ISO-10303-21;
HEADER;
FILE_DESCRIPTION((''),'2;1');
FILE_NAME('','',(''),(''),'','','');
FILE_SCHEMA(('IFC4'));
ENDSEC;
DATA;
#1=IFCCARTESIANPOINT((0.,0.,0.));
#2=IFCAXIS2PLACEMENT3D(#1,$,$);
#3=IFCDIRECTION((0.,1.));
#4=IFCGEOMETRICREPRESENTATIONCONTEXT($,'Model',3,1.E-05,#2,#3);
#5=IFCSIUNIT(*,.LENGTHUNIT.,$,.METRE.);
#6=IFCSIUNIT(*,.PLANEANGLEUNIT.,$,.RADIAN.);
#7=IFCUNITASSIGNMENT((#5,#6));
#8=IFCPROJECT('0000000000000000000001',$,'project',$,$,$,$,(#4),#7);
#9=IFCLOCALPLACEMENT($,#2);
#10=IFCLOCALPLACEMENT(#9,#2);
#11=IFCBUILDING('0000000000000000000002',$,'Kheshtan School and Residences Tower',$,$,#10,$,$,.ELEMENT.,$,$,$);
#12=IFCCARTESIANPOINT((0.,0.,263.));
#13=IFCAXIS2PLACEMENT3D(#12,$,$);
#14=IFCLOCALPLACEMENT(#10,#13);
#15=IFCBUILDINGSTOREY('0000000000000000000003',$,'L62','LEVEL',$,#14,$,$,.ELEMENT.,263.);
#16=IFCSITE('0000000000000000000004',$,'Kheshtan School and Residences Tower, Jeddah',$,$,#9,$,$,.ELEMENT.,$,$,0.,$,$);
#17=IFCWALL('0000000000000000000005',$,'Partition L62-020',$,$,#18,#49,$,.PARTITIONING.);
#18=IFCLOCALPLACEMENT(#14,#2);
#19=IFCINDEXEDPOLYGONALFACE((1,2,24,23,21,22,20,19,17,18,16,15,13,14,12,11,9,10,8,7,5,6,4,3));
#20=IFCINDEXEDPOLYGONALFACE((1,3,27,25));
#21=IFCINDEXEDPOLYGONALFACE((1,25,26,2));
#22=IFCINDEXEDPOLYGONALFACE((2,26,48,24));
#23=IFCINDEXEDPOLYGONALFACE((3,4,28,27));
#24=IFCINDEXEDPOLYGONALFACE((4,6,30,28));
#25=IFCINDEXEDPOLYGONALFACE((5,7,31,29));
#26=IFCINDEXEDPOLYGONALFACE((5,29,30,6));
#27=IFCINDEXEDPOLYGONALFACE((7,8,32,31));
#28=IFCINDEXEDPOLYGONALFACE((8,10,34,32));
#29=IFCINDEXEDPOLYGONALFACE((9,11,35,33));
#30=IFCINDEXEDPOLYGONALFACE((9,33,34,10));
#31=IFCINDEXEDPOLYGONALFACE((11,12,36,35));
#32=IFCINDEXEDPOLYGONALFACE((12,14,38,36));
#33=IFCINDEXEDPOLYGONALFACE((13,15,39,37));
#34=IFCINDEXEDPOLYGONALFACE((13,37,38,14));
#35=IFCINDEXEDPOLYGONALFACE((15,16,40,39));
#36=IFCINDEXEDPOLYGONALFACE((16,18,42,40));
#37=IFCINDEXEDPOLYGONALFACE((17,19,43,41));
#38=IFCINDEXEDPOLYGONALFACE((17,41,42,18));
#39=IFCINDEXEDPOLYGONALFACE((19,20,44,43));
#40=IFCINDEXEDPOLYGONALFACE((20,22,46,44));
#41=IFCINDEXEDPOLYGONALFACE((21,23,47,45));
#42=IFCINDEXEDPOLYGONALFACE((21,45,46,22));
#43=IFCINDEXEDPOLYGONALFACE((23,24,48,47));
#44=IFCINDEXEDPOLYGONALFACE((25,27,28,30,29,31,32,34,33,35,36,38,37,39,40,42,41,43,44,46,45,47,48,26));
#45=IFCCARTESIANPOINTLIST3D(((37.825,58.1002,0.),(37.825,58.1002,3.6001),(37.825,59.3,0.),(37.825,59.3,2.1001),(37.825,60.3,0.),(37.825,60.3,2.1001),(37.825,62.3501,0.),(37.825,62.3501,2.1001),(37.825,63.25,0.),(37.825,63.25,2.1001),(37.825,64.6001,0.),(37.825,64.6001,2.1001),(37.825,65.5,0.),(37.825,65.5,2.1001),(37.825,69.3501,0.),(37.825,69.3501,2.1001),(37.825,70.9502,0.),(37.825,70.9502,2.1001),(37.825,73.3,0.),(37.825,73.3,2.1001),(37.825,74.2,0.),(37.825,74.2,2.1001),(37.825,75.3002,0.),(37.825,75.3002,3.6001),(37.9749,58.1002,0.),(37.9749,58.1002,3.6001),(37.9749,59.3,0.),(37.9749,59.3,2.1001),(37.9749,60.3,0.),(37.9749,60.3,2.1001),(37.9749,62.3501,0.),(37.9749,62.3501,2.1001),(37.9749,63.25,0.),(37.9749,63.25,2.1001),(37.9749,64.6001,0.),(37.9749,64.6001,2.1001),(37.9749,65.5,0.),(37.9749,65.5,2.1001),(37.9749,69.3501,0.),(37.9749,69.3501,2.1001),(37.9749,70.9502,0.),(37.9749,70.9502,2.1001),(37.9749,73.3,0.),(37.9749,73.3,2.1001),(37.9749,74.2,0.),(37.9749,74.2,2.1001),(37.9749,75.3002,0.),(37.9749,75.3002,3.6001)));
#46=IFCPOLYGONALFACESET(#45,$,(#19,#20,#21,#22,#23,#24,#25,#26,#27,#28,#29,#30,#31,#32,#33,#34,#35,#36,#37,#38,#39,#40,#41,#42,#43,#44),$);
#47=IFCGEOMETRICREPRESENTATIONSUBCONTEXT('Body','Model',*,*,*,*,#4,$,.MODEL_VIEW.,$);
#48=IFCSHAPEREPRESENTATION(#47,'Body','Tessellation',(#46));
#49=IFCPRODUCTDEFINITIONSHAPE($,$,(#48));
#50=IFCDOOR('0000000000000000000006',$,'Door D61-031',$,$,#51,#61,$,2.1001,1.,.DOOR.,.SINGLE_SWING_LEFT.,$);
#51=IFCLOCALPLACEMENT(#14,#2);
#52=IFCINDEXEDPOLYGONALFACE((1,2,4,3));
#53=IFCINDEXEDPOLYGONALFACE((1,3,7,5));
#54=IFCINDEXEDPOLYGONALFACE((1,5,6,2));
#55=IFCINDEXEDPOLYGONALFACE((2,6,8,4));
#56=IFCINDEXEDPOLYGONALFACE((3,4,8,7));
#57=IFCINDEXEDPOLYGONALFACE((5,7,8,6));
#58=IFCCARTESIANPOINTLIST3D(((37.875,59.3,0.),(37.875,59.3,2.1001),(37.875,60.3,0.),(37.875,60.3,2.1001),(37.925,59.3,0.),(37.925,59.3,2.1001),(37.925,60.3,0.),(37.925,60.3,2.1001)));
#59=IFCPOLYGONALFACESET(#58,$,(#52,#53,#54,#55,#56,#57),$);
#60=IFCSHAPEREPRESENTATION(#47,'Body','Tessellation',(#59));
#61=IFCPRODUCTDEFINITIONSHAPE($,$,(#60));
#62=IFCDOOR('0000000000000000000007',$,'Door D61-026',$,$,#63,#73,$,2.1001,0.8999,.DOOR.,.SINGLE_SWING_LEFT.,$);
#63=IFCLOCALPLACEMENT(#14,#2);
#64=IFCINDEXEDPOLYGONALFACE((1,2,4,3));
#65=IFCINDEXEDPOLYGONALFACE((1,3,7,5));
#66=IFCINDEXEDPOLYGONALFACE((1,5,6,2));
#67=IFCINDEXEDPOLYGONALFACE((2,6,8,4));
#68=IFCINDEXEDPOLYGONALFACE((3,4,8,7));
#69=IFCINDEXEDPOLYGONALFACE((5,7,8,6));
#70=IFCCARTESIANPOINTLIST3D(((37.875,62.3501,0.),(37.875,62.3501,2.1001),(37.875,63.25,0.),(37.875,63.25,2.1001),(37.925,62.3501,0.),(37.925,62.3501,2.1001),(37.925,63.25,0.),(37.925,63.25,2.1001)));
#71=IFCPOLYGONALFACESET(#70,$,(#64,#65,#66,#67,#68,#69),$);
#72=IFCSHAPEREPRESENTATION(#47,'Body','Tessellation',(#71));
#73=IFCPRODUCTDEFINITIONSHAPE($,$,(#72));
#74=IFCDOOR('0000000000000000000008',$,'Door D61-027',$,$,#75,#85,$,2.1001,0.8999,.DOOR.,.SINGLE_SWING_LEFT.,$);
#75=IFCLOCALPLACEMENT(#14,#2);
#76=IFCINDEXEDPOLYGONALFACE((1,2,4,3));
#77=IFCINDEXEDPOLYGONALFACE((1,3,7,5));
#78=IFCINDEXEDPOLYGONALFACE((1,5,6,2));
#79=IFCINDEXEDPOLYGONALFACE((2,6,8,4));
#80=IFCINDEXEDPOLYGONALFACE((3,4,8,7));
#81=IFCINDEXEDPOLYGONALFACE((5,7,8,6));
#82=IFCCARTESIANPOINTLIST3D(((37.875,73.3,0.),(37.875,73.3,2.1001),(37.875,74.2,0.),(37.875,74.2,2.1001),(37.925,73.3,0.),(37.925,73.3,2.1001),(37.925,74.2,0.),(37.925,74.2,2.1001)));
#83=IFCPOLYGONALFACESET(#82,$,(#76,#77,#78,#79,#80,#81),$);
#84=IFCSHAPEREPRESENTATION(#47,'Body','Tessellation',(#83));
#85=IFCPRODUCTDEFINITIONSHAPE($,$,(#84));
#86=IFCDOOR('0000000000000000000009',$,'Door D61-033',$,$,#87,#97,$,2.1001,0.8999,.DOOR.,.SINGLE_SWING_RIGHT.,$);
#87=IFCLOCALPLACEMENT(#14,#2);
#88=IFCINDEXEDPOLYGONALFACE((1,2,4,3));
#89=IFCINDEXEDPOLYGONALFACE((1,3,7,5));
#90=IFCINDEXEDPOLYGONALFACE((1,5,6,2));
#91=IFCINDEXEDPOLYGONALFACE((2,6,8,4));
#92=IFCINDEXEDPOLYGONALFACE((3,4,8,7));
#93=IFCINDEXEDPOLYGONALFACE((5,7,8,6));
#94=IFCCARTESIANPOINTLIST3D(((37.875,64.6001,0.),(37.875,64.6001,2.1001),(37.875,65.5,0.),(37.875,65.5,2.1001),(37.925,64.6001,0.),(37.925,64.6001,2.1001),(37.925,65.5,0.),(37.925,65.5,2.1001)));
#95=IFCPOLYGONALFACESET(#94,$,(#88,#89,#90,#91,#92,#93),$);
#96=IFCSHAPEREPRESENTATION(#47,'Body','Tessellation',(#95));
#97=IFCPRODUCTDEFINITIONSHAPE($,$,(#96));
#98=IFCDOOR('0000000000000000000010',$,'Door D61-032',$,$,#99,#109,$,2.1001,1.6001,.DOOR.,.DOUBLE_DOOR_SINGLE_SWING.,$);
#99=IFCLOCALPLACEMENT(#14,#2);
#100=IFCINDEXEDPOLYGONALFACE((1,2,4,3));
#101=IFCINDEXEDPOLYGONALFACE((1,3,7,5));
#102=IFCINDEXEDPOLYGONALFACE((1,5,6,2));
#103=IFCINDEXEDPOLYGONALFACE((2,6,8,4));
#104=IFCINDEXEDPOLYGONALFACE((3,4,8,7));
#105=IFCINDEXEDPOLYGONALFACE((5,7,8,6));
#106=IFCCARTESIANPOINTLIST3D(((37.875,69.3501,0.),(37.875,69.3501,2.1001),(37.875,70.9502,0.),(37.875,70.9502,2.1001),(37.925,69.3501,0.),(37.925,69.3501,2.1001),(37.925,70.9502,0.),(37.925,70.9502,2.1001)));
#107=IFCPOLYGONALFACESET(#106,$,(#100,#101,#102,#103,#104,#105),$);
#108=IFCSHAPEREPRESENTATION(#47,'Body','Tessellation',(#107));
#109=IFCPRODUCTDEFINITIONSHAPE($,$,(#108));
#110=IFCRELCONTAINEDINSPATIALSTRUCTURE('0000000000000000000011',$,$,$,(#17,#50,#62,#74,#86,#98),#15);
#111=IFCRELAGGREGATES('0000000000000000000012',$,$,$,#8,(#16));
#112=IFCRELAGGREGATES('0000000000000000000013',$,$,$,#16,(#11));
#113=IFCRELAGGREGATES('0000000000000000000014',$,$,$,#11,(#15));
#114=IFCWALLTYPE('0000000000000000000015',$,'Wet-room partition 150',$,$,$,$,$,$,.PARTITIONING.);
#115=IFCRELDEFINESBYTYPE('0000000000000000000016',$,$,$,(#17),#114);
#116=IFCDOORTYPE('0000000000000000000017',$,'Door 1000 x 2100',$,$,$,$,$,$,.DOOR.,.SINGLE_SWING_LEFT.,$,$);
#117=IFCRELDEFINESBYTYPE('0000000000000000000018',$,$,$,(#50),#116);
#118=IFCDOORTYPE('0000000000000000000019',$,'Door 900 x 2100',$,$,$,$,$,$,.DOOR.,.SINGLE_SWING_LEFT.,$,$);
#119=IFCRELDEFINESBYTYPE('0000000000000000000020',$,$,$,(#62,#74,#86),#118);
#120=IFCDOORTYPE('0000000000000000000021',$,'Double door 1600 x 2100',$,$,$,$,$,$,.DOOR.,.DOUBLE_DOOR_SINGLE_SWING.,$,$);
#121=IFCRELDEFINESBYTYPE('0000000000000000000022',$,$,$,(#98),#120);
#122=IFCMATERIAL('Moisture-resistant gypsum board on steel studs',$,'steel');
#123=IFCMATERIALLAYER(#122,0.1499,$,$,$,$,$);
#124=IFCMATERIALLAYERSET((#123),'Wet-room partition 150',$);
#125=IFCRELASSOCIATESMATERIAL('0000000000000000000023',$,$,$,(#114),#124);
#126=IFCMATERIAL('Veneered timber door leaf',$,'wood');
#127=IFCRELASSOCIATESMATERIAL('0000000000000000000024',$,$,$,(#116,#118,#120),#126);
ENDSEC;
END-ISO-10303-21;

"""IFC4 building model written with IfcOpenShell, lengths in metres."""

from ifc_helpers import new_model, si_unit, direction, frame, frame_2d, origin, place, context, subcontext, project, spatial, rectangle, extrude, source, transform, mapped, material, layer, layer_set, type_object, element, fill, save


model = new_model("IFC4")

# Units and contexts
model_context = context("Model", 3, precision=1e-05, world=origin(), true_north=direction((0.0, 1.0)))
body_context = subcontext(model_context, "Body", "Model", "MODEL_VIEW")
ifc_project = project(units=[si_unit("LENGTHUNIT", "METRE"), si_unit("PLANEANGLEUNIT", "RADIAN")], contexts=[model_context])

# Site, building, storey
site_placement = place(None, origin())
site = spatial("IfcSite", under=ifc_project, at=site_placement, Name="Kheshtan School and Residences Tower, Jeddah", CompositionType="ELEMENT", RefElevation=0.0)
building_placement = place(site_placement, origin())
building = spatial("IfcBuilding", under=site, at=building_placement, Name="Kheshtan School and Residences Tower", CompositionType="ELEMENT")
storey_placement = place(building_placement, frame((0.0, 0.0, 263.0)))
storey = spatial("IfcBuildingStorey", under=building, at=storey_placement, Name="L62", Description="LEVEL", CompositionType="ELEMENT", Elevation=263.0)

# Shared definitions
ifc_material_1 = material(Name="Moisture-resistant gypsum board on steel studs", Category="steel")
ifc_layer_1 = layer(ifc_material_1, 0.1499)
ifc_layer_set_1 = layer_set([ifc_layer_1], Name="Wet-room partition 150")
wall_type_1 = type_object("IfcWallType", Name="Wet-room partition 150", PredefinedType="PARTITIONING", material=ifc_layer_set_1)

# Shared definitions
ifc_material_2 = material(Name="Veneered timber door leaf", Category="wood")

# Wall, openings, doors
wall_1_placement = place(storey_placement, frame((37.8999, 58.1001, 0.0), z_axis=(0.0, 0.0, 1.0), x_axis=(0.0, 1.0, 0.0)))
wall_1 = element("IfcWall", 1, at=wall_1_placement, inside=storey, type_object=wall_type_1, Name="Partition L62-020", PredefinedType="PARTITIONING", context=body_context, shape_type="SweptSolid", body=[
    extrude(rectangle(XDim=17.2, YDim=0.1499, at=frame_2d((8.6001, 0.0))), origin(), (0.0, 0.0, 1.0), 3.6001),
])
opening_1_placement = place(wall_1_placement, frame((4.25, 0.0, 0.0)))
opening_1 = element("IfcOpeningElement", 2, at=opening_1_placement, cuts=wall_1, PredefinedType="OPENING", context=body_context, shape_type="SweptSolid", body=[
    extrude(rectangle(XDim=0.8999, YDim=2.1001, at=frame_2d((0.45, 1.05))), frame((0.0, 0.085, 0.0), z_axis=(0.0, -1.0, 0.0), x_axis=(1.0, 0.0, 0.0)), (0.0, 0.0, 1.0), 0.1699),
])
opening_2_placement = place(wall_1_placement, frame((15.2, 0.0, 0.0)))
opening_2 = element("IfcOpeningElement", 3, at=opening_2_placement, cuts=wall_1, PredefinedType="OPENING", context=body_context, shape_type="SweptSolid", body=[
    extrude(rectangle(XDim=0.8999, YDim=2.1001, at=frame_2d((0.45, 1.05))), frame((0.0, 0.085, 0.0), z_axis=(0.0, -1.0, 0.0), x_axis=(1.0, 0.0, 0.0)), (0.0, 0.0, 1.0), 0.1699),
])
opening_3_placement = place(wall_1_placement, frame((1.2, 0.0, 0.0)))
opening_3 = element("IfcOpeningElement", 4, at=opening_3_placement, cuts=wall_1, PredefinedType="OPENING", context=body_context, shape_type="SweptSolid", body=[
    extrude(rectangle(XDim=1.0, YDim=2.1001, at=frame_2d((0.5, 1.05))), frame((0.0, 0.085, 0.0), z_axis=(0.0, -1.0, 0.0), x_axis=(1.0, 0.0, 0.0)), (0.0, 0.0, 1.0), 0.1699),
])
opening_4_placement = place(wall_1_placement, frame((11.25, 0.0, 0.0)))
opening_4 = element("IfcOpeningElement", 5, at=opening_4_placement, cuts=wall_1, PredefinedType="OPENING", context=body_context, shape_type="SweptSolid", body=[
    extrude(rectangle(XDim=1.6001, YDim=2.1001, at=frame_2d((0.8, 1.05))), frame((0.0, 0.085, 0.0), z_axis=(0.0, -1.0, 0.0), x_axis=(1.0, 0.0, 0.0)), (0.0, 0.0, 1.0), 0.1699),
])
opening_5_placement = place(wall_1_placement, frame((6.5, 0.0, 0.0)))
opening_5 = element("IfcOpeningElement", 6, at=opening_5_placement, cuts=wall_1, PredefinedType="OPENING", context=body_context, shape_type="SweptSolid", body=[
    extrude(rectangle(XDim=0.8999, YDim=2.1001, at=frame_2d((0.45, 1.05))), frame((0.0, 0.085, 0.0), z_axis=(0.0, -1.0, 0.0), x_axis=(1.0, 0.0, 0.0)), (0.0, 0.0, 1.0), 0.1699),
])
door_type_1 = type_object("IfcDoorType", Name="Door 1000 x 2100", OperationType="SINGLE_SWING_LEFT", PredefinedType="DOOR", material=ifc_material_2)
shared_shape_1 = source(origin(), body_context, "Body", "SweptSolid", [
    extrude(rectangle(XDim=1.0, YDim=2.1001, at=frame_2d((0.5, 1.05))), frame((0.0, 0.0249, 0.0), z_axis=(0.0, -1.0, 0.0), x_axis=(1.0, 0.0, 0.0)), (0.0, 0.0, 1.0), 0.05),
])
door_1_placement = place(opening_3_placement, origin())
door_1 = element("IfcDoor", 7, at=door_1_placement, inside=storey, type_object=door_type_1, Name="Door D61-031", OperationType="SINGLE_SWING_LEFT", OverallHeight=2.1001, OverallWidth=1.0, PredefinedType="DOOR", context=body_context, shape_type="MappedRepresentation", body=[
    mapped(shared_shape_1, transform((0.0, 0.0, 0.0), x_axis=(1.0, 0.0, 0.0), y_axis=(0.0, 1.0, 0.0), z_axis=(0.0, 0.0, 1.0), scale=1.0)),
])
fill(opening_3, door_1)
door_type_2 = type_object("IfcDoorType", Name="Door 900 x 2100", OperationType="SINGLE_SWING_LEFT", PredefinedType="DOOR", material=ifc_material_2)
shared_shape_2 = source(origin(), body_context, "Body", "SweptSolid", [
    extrude(rectangle(XDim=0.8999, YDim=2.1001, at=frame_2d((0.45, 1.05))), frame((0.0, 0.0249, 0.0), z_axis=(0.0, -1.0, 0.0), x_axis=(1.0, 0.0, 0.0)), (0.0, 0.0, 1.0), 0.05),
])
door_2_placement = place(opening_1_placement, origin())
door_2 = element("IfcDoor", 8, at=door_2_placement, inside=storey, type_object=door_type_2, Name="Door D61-026", OperationType="SINGLE_SWING_LEFT", OverallHeight=2.1001, OverallWidth=0.8999, PredefinedType="DOOR", context=body_context, shape_type="MappedRepresentation", body=[
    mapped(shared_shape_2, transform((0.0, 0.0, 0.0), x_axis=(1.0, 0.0, 0.0), y_axis=(0.0, 1.0, 0.0), z_axis=(0.0, 0.0, 1.0), scale=1.0)),
])
fill(opening_1, door_2)
door_3_placement = place(opening_2_placement, origin())
door_3 = element("IfcDoor", 9, at=door_3_placement, inside=storey, type_object=door_type_2, Name="Door D61-027", OperationType="SINGLE_SWING_LEFT", OverallHeight=2.1001, OverallWidth=0.8999, PredefinedType="DOOR", context=body_context, shape_type="MappedRepresentation", body=[
    mapped(shared_shape_2, transform((0.0, 0.0, 0.0), x_axis=(1.0, 0.0, 0.0), y_axis=(0.0, 1.0, 0.0), z_axis=(0.0, 0.0, 1.0), scale=1.0)),
])
fill(opening_2, door_3)
door_4_placement = place(opening_5_placement, origin())
door_4 = element("IfcDoor", 10, at=door_4_placement, inside=storey, type_object=door_type_2, Name="Door D61-033", OperationType="SINGLE_SWING_RIGHT", OverallHeight=2.1001, OverallWidth=0.8999, PredefinedType="DOOR", context=body_context, shape_type="MappedRepresentation", body=[
    mapped(shared_shape_2, transform((0.0, 0.0, 0.0), x_axis=(1.0, 0.0, 0.0), y_axis=(0.0, 1.0, 0.0), z_axis=(0.0, 0.0, 1.0), scale=1.0)),
])
fill(opening_5, door_4)
door_type_3 = type_object("IfcDoorType", Name="Double door 1600 x 2100", OperationType="DOUBLE_DOOR_SINGLE_SWING", PredefinedType="DOOR", material=ifc_material_2)
shared_shape_3 = source(origin(), body_context, "Body", "SweptSolid", [
    extrude(rectangle(XDim=1.6001, YDim=2.1001, at=frame_2d((0.8, 1.05))), frame((0.0, 0.0249, 0.0), z_axis=(0.0, -1.0, 0.0), x_axis=(1.0, 0.0, 0.0)), (0.0, 0.0, 1.0), 0.05),
])
door_5_placement = place(opening_4_placement, origin())
door_5 = element("IfcDoor", 11, at=door_5_placement, inside=storey, type_object=door_type_3, Name="Door D61-032", OperationType="DOUBLE_DOOR_SINGLE_SWING", OverallHeight=2.1001, OverallWidth=1.6001, PredefinedType="DOOR", context=body_context, shape_type="MappedRepresentation", body=[
    mapped(shared_shape_3, transform((0.0, 0.0, 0.0), x_axis=(1.0, 0.0, 0.0), y_axis=(0.0, 1.0, 0.0), z_axis=(0.0, 0.0, 1.0), scale=1.0)),
])
fill(opening_4, door_5)

save(model, "model.ifc")
